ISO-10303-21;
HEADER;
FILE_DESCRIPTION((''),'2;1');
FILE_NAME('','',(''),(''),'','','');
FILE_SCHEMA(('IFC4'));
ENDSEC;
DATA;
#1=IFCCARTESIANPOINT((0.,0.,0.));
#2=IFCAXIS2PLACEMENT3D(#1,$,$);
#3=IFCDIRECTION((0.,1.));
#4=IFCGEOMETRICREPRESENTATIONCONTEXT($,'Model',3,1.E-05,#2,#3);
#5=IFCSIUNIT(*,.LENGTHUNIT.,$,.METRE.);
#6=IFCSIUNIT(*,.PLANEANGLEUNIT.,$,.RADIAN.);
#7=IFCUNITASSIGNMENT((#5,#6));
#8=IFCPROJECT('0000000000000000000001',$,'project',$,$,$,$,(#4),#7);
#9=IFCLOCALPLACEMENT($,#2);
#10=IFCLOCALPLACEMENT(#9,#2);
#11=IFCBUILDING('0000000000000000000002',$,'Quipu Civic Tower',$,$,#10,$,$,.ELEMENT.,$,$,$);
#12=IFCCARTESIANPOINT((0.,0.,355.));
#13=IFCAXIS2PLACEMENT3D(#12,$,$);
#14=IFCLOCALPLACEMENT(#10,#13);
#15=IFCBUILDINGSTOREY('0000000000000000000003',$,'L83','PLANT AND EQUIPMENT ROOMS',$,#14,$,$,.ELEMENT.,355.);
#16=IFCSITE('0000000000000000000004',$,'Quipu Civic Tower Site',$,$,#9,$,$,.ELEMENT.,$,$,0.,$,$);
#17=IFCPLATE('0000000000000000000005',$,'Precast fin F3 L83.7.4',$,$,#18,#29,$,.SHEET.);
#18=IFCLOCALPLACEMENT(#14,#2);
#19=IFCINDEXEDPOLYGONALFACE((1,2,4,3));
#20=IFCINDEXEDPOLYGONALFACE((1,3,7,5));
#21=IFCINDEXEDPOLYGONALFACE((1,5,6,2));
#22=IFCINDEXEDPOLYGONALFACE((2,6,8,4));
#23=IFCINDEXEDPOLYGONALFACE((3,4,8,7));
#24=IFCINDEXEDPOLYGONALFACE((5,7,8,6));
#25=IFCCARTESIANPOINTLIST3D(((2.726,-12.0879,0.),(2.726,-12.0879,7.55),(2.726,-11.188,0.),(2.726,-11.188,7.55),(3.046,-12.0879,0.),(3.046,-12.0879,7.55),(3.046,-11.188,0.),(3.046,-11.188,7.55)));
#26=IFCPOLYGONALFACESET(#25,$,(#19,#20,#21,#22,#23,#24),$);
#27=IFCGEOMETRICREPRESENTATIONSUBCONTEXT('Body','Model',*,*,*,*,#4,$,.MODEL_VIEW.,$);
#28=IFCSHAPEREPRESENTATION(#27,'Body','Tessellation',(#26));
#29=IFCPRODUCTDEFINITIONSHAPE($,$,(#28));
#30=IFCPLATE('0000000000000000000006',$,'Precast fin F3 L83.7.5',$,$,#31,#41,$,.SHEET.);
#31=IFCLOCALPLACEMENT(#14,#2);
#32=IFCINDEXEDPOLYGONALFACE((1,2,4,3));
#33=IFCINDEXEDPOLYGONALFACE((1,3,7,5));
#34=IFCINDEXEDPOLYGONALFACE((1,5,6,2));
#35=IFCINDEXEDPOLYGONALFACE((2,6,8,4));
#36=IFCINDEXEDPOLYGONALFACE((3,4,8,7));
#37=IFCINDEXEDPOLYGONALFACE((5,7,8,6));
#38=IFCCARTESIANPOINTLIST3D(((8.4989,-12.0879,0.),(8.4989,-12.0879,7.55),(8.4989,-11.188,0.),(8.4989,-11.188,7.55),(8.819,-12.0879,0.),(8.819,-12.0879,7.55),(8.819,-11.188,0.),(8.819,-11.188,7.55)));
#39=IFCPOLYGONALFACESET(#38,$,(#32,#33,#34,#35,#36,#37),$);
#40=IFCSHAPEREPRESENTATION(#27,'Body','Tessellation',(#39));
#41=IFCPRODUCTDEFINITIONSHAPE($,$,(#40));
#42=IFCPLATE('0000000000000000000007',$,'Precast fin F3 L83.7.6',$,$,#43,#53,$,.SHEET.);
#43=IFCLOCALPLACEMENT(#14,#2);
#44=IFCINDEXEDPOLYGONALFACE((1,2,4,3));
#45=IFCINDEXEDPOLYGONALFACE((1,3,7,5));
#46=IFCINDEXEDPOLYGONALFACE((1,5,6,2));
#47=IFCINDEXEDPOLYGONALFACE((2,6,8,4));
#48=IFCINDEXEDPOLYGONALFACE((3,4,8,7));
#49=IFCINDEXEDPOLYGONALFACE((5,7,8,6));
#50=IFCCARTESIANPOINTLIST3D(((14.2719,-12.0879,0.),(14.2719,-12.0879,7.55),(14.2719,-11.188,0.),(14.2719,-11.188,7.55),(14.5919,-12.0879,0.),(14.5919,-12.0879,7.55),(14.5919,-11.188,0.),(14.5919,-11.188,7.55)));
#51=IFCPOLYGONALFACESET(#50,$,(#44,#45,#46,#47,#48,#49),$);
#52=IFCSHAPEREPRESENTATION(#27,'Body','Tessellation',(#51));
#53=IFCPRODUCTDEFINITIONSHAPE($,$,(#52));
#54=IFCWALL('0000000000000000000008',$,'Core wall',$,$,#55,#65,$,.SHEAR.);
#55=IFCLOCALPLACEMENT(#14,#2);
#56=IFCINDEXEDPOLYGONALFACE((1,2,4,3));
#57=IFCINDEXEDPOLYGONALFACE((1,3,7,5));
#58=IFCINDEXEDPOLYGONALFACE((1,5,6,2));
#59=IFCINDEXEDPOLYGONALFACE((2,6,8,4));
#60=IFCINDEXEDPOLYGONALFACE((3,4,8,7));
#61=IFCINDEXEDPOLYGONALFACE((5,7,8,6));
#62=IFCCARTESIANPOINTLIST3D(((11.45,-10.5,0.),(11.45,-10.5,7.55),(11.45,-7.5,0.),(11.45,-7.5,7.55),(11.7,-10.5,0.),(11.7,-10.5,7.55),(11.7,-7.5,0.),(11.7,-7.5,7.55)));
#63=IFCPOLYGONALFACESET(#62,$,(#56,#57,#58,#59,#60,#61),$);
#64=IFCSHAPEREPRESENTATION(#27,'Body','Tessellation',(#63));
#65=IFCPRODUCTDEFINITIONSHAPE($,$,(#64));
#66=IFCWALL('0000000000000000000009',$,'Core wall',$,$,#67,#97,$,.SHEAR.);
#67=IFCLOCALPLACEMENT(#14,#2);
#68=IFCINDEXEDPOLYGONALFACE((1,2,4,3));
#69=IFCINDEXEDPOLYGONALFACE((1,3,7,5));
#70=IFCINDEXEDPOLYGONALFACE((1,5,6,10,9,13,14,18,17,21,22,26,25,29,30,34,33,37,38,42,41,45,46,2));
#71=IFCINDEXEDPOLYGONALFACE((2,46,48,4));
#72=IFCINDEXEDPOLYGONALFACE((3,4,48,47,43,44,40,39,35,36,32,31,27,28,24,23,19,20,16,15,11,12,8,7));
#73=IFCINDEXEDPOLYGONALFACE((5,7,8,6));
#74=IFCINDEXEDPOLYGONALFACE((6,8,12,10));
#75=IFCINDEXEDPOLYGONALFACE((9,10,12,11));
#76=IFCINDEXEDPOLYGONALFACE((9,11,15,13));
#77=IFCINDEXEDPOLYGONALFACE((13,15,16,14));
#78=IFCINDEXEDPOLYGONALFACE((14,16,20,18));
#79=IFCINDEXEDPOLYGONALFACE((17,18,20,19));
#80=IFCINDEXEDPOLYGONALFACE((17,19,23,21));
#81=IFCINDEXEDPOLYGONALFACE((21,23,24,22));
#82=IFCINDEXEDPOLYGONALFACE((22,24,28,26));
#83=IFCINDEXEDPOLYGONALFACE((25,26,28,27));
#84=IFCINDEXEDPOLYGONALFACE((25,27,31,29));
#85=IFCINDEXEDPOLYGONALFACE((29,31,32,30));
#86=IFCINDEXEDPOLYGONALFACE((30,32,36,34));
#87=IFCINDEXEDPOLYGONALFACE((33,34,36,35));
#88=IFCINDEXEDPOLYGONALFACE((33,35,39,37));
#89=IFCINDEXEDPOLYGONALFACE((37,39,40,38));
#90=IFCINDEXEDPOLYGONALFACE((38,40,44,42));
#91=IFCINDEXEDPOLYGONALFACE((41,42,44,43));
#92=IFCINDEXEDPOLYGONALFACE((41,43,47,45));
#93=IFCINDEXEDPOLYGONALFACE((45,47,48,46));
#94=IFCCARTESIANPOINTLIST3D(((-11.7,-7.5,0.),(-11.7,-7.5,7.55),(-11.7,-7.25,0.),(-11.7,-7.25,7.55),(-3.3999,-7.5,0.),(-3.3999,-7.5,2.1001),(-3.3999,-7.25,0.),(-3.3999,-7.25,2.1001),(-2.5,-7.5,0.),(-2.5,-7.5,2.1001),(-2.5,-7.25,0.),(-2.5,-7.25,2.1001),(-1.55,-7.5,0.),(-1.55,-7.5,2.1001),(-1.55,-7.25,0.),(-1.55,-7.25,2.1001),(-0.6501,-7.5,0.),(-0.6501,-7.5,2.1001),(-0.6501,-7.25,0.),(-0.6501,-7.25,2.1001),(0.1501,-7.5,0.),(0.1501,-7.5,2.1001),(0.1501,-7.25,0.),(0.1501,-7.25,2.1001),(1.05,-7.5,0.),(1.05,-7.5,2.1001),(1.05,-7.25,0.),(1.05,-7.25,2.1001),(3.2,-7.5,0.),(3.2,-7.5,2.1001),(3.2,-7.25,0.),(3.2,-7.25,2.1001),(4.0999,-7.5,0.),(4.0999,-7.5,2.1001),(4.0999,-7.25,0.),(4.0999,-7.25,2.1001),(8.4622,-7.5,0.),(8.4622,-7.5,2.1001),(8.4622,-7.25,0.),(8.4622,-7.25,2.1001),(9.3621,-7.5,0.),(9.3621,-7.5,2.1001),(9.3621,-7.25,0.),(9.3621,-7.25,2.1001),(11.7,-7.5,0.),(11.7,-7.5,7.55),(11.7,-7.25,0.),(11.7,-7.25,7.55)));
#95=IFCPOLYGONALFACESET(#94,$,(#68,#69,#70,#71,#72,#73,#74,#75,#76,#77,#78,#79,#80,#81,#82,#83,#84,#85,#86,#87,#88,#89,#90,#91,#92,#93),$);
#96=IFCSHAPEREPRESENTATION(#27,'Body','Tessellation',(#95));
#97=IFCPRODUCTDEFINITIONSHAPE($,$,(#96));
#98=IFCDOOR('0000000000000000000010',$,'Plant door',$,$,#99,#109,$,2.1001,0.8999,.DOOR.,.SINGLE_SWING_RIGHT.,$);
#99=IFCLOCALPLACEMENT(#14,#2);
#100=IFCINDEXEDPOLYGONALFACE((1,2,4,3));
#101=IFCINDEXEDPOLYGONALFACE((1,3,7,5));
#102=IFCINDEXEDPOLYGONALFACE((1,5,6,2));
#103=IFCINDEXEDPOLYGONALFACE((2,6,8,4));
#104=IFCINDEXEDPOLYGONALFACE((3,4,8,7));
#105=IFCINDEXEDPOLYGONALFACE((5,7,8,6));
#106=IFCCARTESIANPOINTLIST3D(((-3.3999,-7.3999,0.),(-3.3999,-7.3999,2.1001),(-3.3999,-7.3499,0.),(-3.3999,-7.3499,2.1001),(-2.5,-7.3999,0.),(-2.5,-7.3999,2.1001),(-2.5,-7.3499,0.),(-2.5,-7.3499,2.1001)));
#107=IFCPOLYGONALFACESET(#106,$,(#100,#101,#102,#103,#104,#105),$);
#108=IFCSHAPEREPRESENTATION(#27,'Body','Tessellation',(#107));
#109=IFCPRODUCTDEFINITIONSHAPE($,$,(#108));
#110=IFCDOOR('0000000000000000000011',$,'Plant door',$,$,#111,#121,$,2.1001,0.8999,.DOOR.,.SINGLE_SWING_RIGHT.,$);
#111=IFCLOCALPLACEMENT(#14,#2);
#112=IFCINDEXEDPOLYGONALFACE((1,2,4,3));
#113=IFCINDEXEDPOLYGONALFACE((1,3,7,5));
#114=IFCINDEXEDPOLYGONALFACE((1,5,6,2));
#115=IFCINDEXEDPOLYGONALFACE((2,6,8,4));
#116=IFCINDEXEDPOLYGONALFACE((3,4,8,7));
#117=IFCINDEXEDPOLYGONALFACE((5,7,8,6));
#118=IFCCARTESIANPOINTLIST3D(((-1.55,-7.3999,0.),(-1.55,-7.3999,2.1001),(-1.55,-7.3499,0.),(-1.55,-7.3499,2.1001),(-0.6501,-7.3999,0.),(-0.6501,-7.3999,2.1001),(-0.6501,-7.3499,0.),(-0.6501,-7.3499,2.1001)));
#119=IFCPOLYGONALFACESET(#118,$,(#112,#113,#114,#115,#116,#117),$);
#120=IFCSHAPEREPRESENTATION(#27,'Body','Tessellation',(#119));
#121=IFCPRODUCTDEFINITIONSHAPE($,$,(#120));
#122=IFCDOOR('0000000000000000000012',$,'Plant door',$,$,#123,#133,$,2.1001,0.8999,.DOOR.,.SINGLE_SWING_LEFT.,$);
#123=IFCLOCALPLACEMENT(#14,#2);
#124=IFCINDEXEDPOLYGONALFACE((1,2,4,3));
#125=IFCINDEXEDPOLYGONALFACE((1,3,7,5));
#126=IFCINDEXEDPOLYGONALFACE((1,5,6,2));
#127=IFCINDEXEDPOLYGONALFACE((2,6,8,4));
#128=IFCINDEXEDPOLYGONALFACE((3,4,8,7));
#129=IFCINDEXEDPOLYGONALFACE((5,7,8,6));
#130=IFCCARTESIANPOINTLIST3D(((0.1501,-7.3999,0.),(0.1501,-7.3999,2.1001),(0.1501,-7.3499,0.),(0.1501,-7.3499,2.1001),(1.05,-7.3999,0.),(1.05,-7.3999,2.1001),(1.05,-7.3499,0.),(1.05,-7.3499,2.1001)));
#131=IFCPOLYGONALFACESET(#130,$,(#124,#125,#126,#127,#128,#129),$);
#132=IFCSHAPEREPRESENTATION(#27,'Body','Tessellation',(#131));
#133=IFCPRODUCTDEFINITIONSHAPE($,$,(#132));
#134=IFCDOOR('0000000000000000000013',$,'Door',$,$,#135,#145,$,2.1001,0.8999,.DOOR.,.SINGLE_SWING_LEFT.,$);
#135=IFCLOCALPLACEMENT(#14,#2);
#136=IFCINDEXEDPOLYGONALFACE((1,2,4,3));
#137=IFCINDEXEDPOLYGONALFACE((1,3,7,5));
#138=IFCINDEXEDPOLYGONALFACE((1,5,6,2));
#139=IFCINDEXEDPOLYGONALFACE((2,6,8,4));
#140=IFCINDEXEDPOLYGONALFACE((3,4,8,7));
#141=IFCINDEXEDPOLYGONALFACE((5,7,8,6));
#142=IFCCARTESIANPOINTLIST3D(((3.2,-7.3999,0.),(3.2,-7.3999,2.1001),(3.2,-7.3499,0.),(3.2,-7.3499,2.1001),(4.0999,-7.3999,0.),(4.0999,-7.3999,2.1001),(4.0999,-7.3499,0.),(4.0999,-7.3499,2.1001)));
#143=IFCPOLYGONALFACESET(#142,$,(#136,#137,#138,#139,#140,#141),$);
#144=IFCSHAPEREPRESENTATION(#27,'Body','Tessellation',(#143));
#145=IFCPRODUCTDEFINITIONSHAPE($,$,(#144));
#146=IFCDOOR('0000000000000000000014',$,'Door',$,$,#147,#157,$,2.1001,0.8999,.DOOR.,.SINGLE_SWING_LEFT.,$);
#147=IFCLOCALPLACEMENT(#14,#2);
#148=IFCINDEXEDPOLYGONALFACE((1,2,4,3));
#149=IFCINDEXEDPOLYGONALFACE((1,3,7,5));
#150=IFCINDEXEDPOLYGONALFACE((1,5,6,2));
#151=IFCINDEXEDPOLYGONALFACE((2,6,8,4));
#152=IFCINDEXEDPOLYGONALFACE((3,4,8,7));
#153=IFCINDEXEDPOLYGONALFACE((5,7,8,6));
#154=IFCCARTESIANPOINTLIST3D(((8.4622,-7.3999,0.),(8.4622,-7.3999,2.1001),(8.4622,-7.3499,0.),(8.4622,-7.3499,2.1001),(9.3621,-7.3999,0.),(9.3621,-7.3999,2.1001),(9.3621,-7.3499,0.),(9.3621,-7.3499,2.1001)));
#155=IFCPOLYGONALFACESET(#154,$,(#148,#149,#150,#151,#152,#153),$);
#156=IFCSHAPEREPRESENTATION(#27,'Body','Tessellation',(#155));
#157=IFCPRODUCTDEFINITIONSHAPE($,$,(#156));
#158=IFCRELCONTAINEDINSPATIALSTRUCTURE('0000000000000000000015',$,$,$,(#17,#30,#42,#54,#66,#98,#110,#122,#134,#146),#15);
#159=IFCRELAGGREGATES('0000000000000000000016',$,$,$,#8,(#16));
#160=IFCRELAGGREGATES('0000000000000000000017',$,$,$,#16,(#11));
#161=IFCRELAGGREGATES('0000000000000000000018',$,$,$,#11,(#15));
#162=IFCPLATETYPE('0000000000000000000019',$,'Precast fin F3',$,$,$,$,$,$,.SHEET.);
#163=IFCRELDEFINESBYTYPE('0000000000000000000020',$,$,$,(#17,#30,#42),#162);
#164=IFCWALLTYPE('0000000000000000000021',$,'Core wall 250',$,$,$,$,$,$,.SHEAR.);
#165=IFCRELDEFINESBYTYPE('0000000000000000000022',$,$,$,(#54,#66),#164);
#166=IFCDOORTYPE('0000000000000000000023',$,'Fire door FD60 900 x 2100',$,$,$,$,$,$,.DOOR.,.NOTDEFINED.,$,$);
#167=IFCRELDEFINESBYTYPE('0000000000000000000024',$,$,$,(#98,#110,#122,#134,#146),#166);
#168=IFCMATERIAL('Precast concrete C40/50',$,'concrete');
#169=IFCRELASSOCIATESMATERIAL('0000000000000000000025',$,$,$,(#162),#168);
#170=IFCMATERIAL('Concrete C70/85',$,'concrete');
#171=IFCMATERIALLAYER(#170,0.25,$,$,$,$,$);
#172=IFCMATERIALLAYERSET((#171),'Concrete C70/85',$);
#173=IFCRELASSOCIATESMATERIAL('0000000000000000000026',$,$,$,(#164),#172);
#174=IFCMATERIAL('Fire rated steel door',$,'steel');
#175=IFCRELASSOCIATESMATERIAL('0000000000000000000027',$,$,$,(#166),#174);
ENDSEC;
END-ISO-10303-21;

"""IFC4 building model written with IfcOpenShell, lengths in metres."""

from ifc_helpers import new_model, si_unit, direction, frame, frame_2d, origin, origin_2d, place, context, subcontext, project, spatial, rectangle, extrude, material, layer, layer_set, type_object, element, fill, save


model = new_model("IFC4")

# Units and contexts
model_context = context("Model", 3, precision=1e-05, world=origin(), true_north=direction((0.0, 1.0)))
body_context = subcontext(model_context, "Body", "Model", "MODEL_VIEW")
ifc_project = project(units=[si_unit("LENGTHUNIT", "METRE"), si_unit("PLANEANGLEUNIT", "RADIAN")], contexts=[model_context])

# Site, building, storey
site_placement = place(None, origin())
site = spatial("IfcSite", under=ifc_project, at=site_placement, Name="Quipu Civic Tower Site", CompositionType="ELEMENT", RefElevation=0.0)
building_placement = place(site_placement, origin())
building = spatial("IfcBuilding", under=site, at=building_placement, Name="Quipu Civic Tower", CompositionType="ELEMENT")
storey_placement = place(building_placement, frame((0.0, 0.0, 355.0)))
storey = spatial("IfcBuildingStorey", under=building, at=storey_placement, Name="L83", Description="PLANT AND EQUIPMENT ROOMS", CompositionType="ELEMENT", Elevation=355.0)

# Plates
ifc_material_1 = material(Name="Precast concrete C40/50", Category="concrete")
plate_type = type_object("IfcPlateType", Name="Precast fin F3", PredefinedType="SHEET", material=ifc_material_1)
for number, where, z_axis, x_axis, name in (
    (1, (2.886, -11.6379, 0.0), (0.0, 0.0, 1.0), (1.0, 0.0, 0.0), "Precast fin F3 L83.7.4"),
    (2, (8.6589, -11.6379, 0.0), (0.0, 0.0, 1.0), (1.0, 0.0, 0.0), "Precast fin F3 L83.7.5"),
    (3, (14.4319, -11.6379, 0.0), (0.0, 0.0, 1.0), (1.0, 0.0, 0.0), "Precast fin F3 L83.7.6"),
):
    element("IfcPlate", number, at=place(storey_placement, frame(where, z_axis=z_axis, x_axis=x_axis)), inside=storey, type_object=plate_type, Name=name, PredefinedType="SHEET", context=body_context, shape_type="SweptSolid", body=[
        extrude(rectangle(XDim=0.3201, YDim=0.8999, at=origin_2d()), origin(), (0.0, 0.0, 1.0), 7.55),
    ])

# Wall
ifc_material_2 = material(Name="Concrete C70/85", Category="concrete")
ifc_layer_1 = layer(ifc_material_2, 0.25)
ifc_layer_set_1 = layer_set([ifc_layer_1], Name="Concrete C70/85")
wall_type_1 = type_object("IfcWallType", Name="Core wall 250", PredefinedType="SHEAR", material=ifc_layer_set_1)
wall_1_placement = place(storey_placement, frame((11.575, -10.5, 0.0), z_axis=(0.0, 0.0, 1.0), x_axis=(0.0, 1.0, 0.0)))
element("IfcWall", 4, at=wall_1_placement, inside=storey, type_object=wall_type_1, Name="Core wall", PredefinedType="SHEAR", context=body_context, shape_type="SweptSolid", body=[
    extrude(rectangle(XDim=3.0, YDim=0.25, at=frame_2d((1.5, 0.0))), origin(), (0.0, 0.0, 1.0), 7.55),
])

# Wall, openings, doors
wall_2_placement = place(storey_placement, frame((11.7, -7.375, 0.0), z_axis=(0.0, 0.0, 1.0), x_axis=(-1.0, 0.0, 0.0)))
wall_2 = element("IfcWall", 5, at=wall_2_placement, inside=storey, type_object=wall_type_1, Name="Core wall", PredefinedType="SHEAR", context=body_context, shape_type="SweptSolid", body=[
    extrude(rectangle(XDim=23.3999, YDim=0.25, at=frame_2d((11.7, 0.0))), origin(), (0.0, 0.0, 1.0), 7.55),
])
opening_1_placement = place(wall_2_placement, frame((14.2, 0.0, 0.0)))
opening_1 = element("IfcOpeningElement", 6, at=opening_1_placement, cuts=wall_2, PredefinedType="OPENING", context=body_context, shape_type="SweptSolid", body=[
    extrude(rectangle(XDim=0.8999, YDim=2.1001, at=frame_2d((0.45, 1.05))), frame((0.0, 0.135, 0.0), z_axis=(0.0, -1.0, 0.0), x_axis=(1.0, 0.0, 0.0)), (0.0, 0.0, 1.0), 0.27),
])
opening_2_placement = place(wall_2_placement, frame((12.3501, 0.0, 0.0)))
opening_2 = element("IfcOpeningElement", 7, at=opening_2_placement, cuts=wall_2, PredefinedType="OPENING", context=body_context, shape_type="SweptSolid", body=[
    extrude(rectangle(XDim=0.8999, YDim=2.1001, at=frame_2d((0.45, 1.05))), frame((0.0, 0.135, 0.0), z_axis=(0.0, -1.0, 0.0), x_axis=(1.0, 0.0, 0.0)), (0.0, 0.0, 1.0), 0.27),
])
opening_3_placement = place(wall_2_placement, frame((10.6499, 0.0, 0.0)))
opening_3 = element("IfcOpeningElement", 8, at=opening_3_placement, cuts=wall_2, PredefinedType="OPENING", context=body_context, shape_type="SweptSolid", body=[
    extrude(rectangle(XDim=0.8999, YDim=2.1001, at=frame_2d((0.45, 1.05))), frame((0.0, 0.135, 0.0), z_axis=(0.0, -1.0, 0.0), x_axis=(1.0, 0.0, 0.0)), (0.0, 0.0, 1.0), 0.27),
])
opening_4_placement = place(wall_2_placement, frame((7.6001, 0.0, 0.0)))
opening_4 = element("IfcOpeningElement", 9, at=opening_4_placement, cuts=wall_2, PredefinedType="OPENING", context=body_context, shape_type="SweptSolid", body=[
    extrude(rectangle(XDim=0.8999, YDim=2.1001, at=frame_2d((0.45, 1.05))), frame((0.0, 0.135, 0.0), z_axis=(0.0, -1.0, 0.0), x_axis=(1.0, 0.0, 0.0)), (0.0, 0.0, 1.0), 0.27),
])
opening_5_placement = place(wall_2_placement, frame((2.3379, 0.0, 0.0)))
opening_5 = element("IfcOpeningElement", 10, at=opening_5_placement, cuts=wall_2, PredefinedType="OPENING", context=body_context, shape_type="SweptSolid", body=[
    extrude(rectangle(XDim=0.8999, YDim=2.1001, at=frame_2d((0.45, 1.05))), frame((0.0, 0.135, 0.0), z_axis=(0.0, -1.0, 0.0), x_axis=(1.0, 0.0, 0.0)), (0.0, 0.0, 1.0), 0.27),
])
ifc_material_3 = material(Name="Fire rated steel door", Category="steel")
door_type_1 = type_object("IfcDoorType", Name="Fire door FD60 900 x 2100", OperationType="NOTDEFINED", PredefinedType="DOOR", material=ifc_material_3)
door_1_placement = place(opening_1_placement, origin())
door_1 = element("IfcDoor", 11, at=door_1_placement, inside=storey, type_object=door_type_1, Name="Plant door", OperationType="SINGLE_SWING_RIGHT", OverallHeight=2.1001, OverallWidth=0.8999, PredefinedType="DOOR", context=body_context, shape_type="SweptSolid", body=[
    extrude(rectangle(XDim=0.8999, YDim=2.1001, at=frame_2d((0.45, 1.05))), frame((0.0, 0.0249, 0.0), z_axis=(0.0, -1.0, 0.0), x_axis=(1.0, 0.0, 0.0)), (0.0, 0.0, 1.0), 0.05),
])
fill(opening_1, door_1)
door_2_placement = place(opening_2_placement, origin())
door_2 = element("IfcDoor", 12, at=door_2_placement, inside=storey, type_object=door_type_1, Name="Plant door", OperationType="SINGLE_SWING_RIGHT", OverallHeight=2.1001, OverallWidth=0.8999, PredefinedType="DOOR", context=body_context, shape_type="SweptSolid", body=[
    extrude(rectangle(XDim=0.8999, YDim=2.1001, at=frame_2d((0.45, 1.05))), frame((0.0, 0.0249, 0.0), z_axis=(0.0, -1.0, 0.0), x_axis=(1.0, 0.0, 0.0)), (0.0, 0.0, 1.0), 0.05),
])
fill(opening_2, door_2)
door_3_placement = place(opening_3_placement, origin())
door_3 = element("IfcDoor", 13, at=door_3_placement, inside=storey, type_object=door_type_1, Name="Plant door", OperationType="SINGLE_SWING_LEFT", OverallHeight=2.1001, OverallWidth=0.8999, PredefinedType="DOOR", context=body_context, shape_type="SweptSolid", body=[
    extrude(rectangle(XDim=0.8999, YDim=2.1001, at=frame_2d((0.45, 1.05))), frame((0.0, 0.0249, 0.0), z_axis=(0.0, -1.0, 0.0), x_axis=(1.0, 0.0, 0.0)), (0.0, 0.0, 1.0), 0.05),
])
fill(opening_3, door_3)
door_4_placement = place(opening_4_placement, origin())
door_4 = element("IfcDoor", 14, at=door_4_placement, inside=storey, type_object=door_type_1, Name="Door", OperationType="SINGLE_SWING_LEFT", OverallHeight=2.1001, OverallWidth=0.8999, PredefinedType="DOOR", context=body_context, shape_type="SweptSolid", body=[
    extrude(rectangle(XDim=0.8999, YDim=2.1001, at=frame_2d((0.45, 1.05))), frame((0.0, 0.0249, 0.0), z_axis=(0.0, -1.0, 0.0), x_axis=(1.0, 0.0, 0.0)), (0.0, 0.0, 1.0), 0.05),
])
fill(opening_4, door_4)
door_5_placement = place(opening_5_placement, origin())
door_5 = element("IfcDoor", 15, at=door_5_placement, inside=storey, type_object=door_type_1, Name="Door", OperationType="SINGLE_SWING_LEFT", OverallHeight=2.1001, OverallWidth=0.8999, PredefinedType="DOOR", context=body_context, shape_type="SweptSolid", body=[
    extrude(rectangle(XDim=0.8999, YDim=2.1001, at=frame_2d((0.45, 1.05))), frame((0.0, 0.0249, 0.0), z_axis=(0.0, -1.0, 0.0), x_axis=(1.0, 0.0, 0.0)), (0.0, 0.0, 1.0), 0.05),
])
fill(opening_5, door_5)

save(model, "model.ifc")
